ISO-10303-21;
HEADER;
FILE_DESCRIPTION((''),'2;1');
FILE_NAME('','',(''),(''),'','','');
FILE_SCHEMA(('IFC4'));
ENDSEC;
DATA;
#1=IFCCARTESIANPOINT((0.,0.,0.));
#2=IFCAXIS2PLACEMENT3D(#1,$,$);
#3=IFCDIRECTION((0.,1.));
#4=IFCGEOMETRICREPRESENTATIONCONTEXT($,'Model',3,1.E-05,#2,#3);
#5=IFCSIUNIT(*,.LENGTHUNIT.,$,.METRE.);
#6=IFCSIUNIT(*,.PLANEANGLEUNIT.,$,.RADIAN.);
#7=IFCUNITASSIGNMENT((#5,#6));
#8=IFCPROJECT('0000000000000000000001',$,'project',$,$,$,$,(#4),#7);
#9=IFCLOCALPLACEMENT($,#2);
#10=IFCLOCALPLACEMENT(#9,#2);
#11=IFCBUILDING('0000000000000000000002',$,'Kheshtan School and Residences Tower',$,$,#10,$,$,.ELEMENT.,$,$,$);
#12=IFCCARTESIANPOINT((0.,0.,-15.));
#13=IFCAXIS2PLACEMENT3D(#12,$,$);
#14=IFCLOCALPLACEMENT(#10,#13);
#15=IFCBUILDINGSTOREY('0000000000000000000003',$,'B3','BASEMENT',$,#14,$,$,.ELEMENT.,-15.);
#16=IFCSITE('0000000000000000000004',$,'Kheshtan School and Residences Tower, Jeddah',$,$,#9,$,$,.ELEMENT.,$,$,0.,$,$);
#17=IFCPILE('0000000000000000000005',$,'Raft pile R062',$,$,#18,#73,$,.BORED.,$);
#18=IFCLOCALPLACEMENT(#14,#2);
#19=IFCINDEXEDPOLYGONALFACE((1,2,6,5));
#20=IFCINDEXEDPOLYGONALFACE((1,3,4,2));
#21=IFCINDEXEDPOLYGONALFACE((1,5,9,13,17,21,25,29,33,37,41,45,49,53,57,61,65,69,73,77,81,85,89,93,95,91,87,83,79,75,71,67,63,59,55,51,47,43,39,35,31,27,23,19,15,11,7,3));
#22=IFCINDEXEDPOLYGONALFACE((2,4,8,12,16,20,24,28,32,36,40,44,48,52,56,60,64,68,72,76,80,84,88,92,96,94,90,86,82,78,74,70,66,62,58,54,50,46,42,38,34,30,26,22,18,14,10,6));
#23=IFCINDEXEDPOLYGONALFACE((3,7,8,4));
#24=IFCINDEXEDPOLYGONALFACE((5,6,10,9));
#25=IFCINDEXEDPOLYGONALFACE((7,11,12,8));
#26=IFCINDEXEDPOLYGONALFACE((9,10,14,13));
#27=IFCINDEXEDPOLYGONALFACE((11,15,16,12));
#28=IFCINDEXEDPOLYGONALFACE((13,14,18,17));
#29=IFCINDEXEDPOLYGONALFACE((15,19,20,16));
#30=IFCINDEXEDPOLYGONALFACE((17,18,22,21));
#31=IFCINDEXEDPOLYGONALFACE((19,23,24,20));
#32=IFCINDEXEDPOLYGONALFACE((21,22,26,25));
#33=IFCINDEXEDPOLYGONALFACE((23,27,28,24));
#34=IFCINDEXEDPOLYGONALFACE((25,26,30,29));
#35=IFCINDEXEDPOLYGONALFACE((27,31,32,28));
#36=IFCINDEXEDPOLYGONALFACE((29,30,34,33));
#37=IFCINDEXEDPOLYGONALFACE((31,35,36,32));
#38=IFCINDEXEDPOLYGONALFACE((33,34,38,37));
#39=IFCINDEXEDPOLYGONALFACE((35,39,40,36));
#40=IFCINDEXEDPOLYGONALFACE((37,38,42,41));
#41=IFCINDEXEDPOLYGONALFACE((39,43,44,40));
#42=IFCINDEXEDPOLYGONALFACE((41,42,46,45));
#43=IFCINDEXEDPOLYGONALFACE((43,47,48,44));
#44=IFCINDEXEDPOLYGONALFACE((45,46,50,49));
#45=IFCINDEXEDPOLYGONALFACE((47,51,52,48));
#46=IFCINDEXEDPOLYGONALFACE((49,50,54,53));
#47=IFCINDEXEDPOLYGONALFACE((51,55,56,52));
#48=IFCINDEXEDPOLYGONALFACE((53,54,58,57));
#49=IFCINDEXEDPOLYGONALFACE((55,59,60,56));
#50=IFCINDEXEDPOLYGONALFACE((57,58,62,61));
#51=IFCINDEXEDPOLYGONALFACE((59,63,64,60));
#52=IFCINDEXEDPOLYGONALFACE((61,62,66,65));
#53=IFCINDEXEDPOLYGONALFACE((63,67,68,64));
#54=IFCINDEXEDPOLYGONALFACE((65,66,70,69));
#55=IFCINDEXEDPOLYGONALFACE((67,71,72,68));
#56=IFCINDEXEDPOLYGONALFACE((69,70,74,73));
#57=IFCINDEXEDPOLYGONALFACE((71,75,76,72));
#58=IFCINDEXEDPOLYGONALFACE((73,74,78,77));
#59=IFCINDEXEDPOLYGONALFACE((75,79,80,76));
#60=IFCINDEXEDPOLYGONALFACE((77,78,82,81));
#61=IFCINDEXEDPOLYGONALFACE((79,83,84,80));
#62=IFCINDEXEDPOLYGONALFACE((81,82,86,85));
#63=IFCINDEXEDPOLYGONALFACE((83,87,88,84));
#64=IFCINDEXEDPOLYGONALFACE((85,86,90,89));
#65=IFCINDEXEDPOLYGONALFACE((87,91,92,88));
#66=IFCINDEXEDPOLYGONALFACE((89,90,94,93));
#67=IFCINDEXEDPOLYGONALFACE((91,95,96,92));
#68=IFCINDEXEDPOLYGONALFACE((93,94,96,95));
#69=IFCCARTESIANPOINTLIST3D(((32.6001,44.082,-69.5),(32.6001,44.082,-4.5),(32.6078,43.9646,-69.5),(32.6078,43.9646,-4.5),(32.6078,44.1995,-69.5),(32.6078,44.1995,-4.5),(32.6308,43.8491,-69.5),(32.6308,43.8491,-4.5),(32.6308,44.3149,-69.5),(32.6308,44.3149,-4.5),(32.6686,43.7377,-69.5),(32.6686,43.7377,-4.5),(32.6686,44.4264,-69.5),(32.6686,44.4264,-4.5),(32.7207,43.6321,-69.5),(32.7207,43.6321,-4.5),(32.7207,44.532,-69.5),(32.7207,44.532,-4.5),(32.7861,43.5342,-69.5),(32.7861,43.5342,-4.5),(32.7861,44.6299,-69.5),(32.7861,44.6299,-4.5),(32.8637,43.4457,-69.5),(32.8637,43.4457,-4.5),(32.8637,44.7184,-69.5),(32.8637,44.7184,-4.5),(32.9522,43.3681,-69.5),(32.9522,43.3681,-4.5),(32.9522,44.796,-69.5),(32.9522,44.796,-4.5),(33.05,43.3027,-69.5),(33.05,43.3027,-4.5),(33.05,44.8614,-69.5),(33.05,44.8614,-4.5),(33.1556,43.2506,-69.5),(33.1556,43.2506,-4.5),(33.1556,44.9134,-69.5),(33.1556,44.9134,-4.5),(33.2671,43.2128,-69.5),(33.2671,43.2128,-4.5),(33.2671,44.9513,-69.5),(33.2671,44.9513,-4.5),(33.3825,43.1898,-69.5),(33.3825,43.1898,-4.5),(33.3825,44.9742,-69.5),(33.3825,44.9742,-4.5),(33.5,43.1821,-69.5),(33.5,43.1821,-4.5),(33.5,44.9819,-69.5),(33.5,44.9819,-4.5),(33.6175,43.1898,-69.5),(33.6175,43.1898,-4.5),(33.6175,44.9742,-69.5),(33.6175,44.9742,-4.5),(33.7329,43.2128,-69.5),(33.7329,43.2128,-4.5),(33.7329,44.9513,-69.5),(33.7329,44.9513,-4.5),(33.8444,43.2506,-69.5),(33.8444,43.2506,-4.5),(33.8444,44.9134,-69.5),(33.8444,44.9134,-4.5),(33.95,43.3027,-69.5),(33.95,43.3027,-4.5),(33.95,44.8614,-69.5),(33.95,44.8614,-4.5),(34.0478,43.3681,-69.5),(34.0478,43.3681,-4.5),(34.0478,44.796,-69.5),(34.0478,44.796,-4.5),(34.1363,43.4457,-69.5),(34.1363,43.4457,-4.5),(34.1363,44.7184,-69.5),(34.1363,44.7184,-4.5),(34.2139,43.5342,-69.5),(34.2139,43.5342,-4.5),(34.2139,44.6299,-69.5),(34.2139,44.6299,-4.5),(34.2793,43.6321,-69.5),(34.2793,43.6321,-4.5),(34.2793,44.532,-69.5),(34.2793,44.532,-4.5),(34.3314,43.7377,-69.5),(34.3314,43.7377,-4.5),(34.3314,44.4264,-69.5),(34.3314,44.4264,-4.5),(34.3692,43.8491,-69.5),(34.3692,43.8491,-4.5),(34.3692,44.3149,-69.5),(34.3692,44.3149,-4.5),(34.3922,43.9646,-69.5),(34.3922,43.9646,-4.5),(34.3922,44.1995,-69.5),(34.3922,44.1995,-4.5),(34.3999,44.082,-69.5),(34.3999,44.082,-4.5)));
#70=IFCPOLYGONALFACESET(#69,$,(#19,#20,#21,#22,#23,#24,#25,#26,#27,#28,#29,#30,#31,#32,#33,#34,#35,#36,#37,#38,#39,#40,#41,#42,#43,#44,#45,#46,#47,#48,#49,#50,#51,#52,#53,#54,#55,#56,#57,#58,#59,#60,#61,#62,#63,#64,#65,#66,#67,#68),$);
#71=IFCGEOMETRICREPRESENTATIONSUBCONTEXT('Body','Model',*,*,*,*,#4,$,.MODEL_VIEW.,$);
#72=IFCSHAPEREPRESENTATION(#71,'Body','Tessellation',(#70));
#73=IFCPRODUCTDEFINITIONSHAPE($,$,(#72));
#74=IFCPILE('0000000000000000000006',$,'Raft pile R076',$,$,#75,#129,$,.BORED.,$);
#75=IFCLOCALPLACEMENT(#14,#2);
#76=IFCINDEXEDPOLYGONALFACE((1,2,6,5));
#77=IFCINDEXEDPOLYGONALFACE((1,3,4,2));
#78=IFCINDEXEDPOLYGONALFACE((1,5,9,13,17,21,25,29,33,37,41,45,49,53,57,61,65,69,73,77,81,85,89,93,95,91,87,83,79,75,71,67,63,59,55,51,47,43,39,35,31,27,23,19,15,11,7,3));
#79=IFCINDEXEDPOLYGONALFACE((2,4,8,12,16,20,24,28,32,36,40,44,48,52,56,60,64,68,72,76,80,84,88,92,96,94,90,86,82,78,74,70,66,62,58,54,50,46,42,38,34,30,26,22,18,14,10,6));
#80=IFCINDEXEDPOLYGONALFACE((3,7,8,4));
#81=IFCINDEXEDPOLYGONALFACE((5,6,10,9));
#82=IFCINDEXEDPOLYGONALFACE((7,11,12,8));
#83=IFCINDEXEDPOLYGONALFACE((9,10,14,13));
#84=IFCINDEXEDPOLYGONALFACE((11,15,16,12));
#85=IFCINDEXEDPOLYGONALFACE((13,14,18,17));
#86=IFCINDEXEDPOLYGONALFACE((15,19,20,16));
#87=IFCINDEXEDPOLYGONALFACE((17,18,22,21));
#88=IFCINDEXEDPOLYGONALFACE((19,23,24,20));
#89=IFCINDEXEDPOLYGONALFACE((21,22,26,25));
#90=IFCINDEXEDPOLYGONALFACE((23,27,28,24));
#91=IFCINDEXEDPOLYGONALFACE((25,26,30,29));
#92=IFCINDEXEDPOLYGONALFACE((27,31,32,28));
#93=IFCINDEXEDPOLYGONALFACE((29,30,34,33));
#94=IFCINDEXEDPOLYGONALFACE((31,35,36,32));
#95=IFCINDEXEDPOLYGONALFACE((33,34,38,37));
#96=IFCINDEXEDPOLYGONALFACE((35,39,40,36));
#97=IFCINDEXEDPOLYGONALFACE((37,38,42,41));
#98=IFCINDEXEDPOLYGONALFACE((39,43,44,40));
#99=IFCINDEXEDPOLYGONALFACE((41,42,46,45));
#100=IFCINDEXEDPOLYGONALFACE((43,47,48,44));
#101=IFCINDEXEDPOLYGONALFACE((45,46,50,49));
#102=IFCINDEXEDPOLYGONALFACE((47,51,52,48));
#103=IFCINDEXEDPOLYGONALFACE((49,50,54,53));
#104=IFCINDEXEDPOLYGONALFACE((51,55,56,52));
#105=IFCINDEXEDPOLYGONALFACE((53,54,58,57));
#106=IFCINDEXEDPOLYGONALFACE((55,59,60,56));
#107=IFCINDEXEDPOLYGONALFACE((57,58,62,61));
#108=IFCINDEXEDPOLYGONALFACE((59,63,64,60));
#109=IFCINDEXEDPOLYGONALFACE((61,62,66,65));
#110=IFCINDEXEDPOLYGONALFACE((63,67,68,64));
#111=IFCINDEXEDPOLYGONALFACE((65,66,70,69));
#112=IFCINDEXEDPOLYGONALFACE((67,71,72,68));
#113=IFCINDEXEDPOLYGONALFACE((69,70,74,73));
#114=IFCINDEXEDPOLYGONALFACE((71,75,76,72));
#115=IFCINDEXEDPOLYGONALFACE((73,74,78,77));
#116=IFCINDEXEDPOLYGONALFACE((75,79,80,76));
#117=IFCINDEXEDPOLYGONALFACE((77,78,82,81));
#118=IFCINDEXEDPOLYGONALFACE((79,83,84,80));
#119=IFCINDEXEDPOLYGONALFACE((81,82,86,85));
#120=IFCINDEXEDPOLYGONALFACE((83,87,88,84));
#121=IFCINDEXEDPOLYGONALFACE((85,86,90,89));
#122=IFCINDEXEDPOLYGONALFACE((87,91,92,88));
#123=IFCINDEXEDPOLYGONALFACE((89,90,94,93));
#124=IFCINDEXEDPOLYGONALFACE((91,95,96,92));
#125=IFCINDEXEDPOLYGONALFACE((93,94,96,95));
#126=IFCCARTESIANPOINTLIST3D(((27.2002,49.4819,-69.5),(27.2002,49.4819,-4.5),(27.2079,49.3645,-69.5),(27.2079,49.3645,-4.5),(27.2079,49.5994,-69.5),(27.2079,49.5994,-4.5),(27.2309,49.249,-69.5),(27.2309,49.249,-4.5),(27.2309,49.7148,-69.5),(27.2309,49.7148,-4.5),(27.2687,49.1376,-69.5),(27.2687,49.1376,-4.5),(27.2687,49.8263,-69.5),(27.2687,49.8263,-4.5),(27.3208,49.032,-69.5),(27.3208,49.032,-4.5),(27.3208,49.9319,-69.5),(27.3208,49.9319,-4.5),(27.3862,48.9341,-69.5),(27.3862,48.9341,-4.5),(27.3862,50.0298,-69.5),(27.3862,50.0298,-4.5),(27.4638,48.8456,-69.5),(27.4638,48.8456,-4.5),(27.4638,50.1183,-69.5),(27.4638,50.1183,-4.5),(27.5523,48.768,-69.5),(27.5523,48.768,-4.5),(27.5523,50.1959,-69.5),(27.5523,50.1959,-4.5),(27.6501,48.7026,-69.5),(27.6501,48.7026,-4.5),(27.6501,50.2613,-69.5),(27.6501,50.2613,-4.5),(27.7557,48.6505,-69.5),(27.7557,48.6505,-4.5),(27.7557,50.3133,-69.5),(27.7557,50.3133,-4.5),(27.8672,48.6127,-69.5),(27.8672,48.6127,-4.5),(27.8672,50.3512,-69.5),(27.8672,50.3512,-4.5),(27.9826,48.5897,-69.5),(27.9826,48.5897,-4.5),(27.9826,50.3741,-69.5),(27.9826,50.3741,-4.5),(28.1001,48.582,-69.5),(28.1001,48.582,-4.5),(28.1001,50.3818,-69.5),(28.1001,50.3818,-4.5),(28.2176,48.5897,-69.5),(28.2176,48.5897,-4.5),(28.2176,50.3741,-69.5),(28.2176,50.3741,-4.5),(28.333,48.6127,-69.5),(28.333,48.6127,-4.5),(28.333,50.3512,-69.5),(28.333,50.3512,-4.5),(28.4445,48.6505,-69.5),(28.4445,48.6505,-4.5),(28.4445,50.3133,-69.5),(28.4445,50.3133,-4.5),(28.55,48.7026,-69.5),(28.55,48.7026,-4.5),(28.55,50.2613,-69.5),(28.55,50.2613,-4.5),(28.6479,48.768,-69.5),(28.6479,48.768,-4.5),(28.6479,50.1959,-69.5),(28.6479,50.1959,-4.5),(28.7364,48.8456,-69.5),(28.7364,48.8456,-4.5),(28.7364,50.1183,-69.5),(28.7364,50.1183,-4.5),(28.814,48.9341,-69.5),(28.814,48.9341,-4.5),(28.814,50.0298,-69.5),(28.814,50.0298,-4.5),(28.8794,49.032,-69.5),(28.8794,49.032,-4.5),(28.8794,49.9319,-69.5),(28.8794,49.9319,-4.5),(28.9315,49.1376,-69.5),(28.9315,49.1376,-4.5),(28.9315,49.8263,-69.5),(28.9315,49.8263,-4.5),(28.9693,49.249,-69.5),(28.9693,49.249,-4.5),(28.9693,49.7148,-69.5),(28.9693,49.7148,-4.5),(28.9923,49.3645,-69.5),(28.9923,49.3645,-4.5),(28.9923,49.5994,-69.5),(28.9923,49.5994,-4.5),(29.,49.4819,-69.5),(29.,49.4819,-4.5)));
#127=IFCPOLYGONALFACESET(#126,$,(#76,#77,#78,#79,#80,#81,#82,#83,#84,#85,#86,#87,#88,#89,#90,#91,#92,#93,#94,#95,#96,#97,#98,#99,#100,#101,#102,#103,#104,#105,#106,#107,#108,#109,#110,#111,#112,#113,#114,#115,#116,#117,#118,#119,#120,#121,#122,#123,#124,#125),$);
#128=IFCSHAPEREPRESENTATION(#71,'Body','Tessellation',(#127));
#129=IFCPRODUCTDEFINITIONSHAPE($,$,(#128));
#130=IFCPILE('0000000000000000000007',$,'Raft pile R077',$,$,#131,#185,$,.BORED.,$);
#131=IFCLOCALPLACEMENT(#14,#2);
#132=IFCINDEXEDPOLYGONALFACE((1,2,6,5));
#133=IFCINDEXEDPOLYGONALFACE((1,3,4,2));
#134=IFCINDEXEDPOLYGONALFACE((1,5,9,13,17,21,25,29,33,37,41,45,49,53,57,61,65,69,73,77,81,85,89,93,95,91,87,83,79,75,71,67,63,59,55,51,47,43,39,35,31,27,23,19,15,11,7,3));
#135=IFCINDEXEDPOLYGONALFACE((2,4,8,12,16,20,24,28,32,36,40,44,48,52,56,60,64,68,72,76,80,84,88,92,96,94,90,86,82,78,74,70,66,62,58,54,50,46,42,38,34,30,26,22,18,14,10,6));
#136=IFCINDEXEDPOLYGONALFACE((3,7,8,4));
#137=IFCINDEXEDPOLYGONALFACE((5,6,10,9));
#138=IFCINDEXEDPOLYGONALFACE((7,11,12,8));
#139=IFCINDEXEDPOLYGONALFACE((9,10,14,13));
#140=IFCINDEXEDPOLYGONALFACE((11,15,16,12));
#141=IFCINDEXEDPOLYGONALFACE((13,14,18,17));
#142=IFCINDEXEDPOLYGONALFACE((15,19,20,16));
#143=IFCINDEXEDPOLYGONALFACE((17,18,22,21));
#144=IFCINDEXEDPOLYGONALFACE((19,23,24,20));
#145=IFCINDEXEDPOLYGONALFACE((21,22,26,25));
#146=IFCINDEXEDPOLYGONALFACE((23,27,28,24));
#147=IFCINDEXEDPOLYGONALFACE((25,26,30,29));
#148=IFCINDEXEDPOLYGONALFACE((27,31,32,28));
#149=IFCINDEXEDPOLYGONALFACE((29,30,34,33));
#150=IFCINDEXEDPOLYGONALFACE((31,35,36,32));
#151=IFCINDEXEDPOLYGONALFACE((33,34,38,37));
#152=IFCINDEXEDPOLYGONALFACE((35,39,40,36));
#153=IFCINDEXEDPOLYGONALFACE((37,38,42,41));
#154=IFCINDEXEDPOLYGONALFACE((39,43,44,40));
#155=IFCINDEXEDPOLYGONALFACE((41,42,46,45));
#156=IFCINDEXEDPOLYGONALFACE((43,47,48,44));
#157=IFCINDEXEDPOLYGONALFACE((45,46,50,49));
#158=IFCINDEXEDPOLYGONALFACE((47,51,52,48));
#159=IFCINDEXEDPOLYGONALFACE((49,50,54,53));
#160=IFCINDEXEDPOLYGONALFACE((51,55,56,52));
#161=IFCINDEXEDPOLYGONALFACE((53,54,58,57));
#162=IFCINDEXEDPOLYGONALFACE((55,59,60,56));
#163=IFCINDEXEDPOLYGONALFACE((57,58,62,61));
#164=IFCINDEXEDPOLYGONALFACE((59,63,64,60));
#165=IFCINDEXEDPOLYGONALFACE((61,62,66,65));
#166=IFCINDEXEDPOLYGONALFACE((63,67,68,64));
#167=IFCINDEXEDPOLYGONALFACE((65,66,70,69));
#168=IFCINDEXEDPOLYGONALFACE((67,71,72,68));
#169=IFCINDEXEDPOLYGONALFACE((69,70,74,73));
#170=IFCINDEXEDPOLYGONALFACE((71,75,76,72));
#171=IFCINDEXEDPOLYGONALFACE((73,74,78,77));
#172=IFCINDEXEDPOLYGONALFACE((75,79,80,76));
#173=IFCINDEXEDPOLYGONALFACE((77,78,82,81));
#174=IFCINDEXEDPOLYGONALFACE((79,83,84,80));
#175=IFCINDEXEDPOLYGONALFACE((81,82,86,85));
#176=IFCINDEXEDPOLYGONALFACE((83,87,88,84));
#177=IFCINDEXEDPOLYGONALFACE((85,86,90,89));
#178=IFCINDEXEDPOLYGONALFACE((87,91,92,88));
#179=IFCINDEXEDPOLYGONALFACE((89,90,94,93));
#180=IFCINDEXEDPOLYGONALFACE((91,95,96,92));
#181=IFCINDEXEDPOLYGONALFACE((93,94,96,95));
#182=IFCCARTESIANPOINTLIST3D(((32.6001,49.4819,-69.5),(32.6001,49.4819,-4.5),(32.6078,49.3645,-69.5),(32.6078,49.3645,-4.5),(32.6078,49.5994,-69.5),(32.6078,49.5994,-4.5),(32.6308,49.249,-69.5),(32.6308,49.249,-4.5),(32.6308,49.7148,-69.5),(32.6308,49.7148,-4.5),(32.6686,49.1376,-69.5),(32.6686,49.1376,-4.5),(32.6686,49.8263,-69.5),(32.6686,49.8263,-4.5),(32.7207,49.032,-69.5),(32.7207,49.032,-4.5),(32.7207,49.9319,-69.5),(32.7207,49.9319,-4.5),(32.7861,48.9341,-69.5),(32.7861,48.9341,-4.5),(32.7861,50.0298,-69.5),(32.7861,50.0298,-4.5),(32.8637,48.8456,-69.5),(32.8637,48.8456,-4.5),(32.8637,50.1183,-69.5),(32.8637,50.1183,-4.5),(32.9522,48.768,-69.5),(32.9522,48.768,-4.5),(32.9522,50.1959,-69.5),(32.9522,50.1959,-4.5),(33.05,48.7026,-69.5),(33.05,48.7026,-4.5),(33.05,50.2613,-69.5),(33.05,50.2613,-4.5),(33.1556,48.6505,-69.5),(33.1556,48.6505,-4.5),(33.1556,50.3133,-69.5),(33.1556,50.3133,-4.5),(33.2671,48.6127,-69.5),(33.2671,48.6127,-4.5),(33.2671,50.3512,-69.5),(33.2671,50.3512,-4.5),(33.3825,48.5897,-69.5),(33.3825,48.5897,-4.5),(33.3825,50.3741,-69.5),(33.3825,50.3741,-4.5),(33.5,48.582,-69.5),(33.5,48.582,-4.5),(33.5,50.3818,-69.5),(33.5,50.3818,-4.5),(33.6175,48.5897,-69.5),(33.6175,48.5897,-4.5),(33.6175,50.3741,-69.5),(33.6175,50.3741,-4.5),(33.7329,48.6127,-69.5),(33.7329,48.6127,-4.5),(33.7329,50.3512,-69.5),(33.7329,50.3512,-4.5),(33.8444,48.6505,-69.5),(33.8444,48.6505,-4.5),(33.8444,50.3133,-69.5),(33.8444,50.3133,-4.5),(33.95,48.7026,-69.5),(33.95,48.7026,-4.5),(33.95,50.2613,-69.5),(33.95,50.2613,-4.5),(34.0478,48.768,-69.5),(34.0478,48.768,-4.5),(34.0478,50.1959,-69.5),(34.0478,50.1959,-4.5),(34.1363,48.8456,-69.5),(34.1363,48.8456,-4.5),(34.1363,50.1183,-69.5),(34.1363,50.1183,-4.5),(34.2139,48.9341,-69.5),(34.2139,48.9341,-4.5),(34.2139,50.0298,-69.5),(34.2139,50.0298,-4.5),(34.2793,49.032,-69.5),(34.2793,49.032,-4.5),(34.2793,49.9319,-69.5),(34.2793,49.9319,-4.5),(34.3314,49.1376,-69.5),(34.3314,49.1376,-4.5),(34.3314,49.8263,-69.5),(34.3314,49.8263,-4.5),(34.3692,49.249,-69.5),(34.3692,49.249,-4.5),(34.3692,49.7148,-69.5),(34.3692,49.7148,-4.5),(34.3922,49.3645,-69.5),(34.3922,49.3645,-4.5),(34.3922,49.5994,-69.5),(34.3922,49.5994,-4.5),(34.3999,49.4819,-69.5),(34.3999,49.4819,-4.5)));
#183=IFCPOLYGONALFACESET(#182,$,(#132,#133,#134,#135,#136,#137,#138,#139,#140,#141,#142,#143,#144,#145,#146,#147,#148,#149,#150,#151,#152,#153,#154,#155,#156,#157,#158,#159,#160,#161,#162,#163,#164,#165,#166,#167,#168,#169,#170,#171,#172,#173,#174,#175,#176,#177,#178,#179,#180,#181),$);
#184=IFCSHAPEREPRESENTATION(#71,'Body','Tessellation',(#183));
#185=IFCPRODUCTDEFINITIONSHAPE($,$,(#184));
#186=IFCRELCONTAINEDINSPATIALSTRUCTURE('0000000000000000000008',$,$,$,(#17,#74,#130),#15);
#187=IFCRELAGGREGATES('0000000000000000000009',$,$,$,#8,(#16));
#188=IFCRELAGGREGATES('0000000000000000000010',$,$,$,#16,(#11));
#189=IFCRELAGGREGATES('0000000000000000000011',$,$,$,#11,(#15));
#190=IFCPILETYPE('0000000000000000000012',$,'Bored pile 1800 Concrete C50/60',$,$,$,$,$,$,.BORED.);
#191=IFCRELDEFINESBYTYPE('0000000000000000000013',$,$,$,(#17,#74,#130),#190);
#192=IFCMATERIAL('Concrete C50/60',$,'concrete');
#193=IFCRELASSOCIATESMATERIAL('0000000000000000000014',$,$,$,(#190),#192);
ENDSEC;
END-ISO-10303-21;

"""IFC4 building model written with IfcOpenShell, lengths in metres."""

from ifc_helpers import new_model, si_unit, direction, frame, origin, origin_2d, place, context, subcontext, project, spatial, circle, extrude, material, material_profile, profile_set, type_object, element, save


model = new_model("IFC4")

# Units and contexts
model_context = context("Model", 3, precision=1e-05, world=origin(), true_north=direction((0.0, 1.0)))
body_context = subcontext(model_context, "Body", "Model", "MODEL_VIEW")
ifc_project = project(units=[si_unit("LENGTHUNIT", "METRE"), si_unit("PLANEANGLEUNIT", "RADIAN")], contexts=[model_context])

# Site, building, storey
site_placement = place(None, origin())
site = spatial("IfcSite", under=ifc_project, at=site_placement, Name="Kheshtan School and Residences Tower, Jeddah", CompositionType="ELEMENT", RefElevation=0.0)
building_placement = place(site_placement, origin())
building = spatial("IfcBuilding", under=site, at=building_placement, Name="Kheshtan School and Residences Tower", CompositionType="ELEMENT")
storey_placement = place(building_placement, frame((0.0, 0.0, -15.0)))
storey = spatial("IfcBuildingStorey", under=building, at=storey_placement, Name="B3", Description="BASEMENT", CompositionType="ELEMENT", Elevation=-15.0)

# Piles
ifc_material_1 = material(Name="Concrete C50/60", Category="concrete")
ifc_material_profile_1 = material_profile(ifc_material_1, circle(Radius=0.8999, at=origin_2d()), Name="BP 1800")
ifc_profile_set_1 = profile_set([ifc_material_profile_1], Name="Concrete C50/60")
pile_type_1 = type_object("IfcPileType", Name="Bored pile 1800 Concrete C50/60", PredefinedType="BORED", material=ifc_profile_set_1)
for number, where, z_axis, x_axis, name in (
    (1, (33.5, 44.082, -4.5), (0.0, 0.0, -1.0), (1.0, 0.0, 0.0), "Raft pile R062"),
    (2, (28.1001, 49.4819, -4.5), (0.0, 0.0, -1.0), (1.0, 0.0, 0.0), "Raft pile R076"),
    (3, (33.5, 49.4819, -4.5), (0.0, 0.0, -1.0), (1.0, 0.0, 0.0), "Raft pile R077"),
):
    element("IfcPile", number, at=place(storey_placement, frame(where, z_axis=z_axis, x_axis=x_axis)), inside=storey, type_object=pile_type_1, Name=name, PredefinedType="BORED", context=body_context, shape_type="SweptSolid", body=[
        extrude(circle(Radius=0.8999, at=origin_2d()), origin(), (0.0, 0.0, 1.0), 65.0),
    ])

save(model, "model.ifc")
